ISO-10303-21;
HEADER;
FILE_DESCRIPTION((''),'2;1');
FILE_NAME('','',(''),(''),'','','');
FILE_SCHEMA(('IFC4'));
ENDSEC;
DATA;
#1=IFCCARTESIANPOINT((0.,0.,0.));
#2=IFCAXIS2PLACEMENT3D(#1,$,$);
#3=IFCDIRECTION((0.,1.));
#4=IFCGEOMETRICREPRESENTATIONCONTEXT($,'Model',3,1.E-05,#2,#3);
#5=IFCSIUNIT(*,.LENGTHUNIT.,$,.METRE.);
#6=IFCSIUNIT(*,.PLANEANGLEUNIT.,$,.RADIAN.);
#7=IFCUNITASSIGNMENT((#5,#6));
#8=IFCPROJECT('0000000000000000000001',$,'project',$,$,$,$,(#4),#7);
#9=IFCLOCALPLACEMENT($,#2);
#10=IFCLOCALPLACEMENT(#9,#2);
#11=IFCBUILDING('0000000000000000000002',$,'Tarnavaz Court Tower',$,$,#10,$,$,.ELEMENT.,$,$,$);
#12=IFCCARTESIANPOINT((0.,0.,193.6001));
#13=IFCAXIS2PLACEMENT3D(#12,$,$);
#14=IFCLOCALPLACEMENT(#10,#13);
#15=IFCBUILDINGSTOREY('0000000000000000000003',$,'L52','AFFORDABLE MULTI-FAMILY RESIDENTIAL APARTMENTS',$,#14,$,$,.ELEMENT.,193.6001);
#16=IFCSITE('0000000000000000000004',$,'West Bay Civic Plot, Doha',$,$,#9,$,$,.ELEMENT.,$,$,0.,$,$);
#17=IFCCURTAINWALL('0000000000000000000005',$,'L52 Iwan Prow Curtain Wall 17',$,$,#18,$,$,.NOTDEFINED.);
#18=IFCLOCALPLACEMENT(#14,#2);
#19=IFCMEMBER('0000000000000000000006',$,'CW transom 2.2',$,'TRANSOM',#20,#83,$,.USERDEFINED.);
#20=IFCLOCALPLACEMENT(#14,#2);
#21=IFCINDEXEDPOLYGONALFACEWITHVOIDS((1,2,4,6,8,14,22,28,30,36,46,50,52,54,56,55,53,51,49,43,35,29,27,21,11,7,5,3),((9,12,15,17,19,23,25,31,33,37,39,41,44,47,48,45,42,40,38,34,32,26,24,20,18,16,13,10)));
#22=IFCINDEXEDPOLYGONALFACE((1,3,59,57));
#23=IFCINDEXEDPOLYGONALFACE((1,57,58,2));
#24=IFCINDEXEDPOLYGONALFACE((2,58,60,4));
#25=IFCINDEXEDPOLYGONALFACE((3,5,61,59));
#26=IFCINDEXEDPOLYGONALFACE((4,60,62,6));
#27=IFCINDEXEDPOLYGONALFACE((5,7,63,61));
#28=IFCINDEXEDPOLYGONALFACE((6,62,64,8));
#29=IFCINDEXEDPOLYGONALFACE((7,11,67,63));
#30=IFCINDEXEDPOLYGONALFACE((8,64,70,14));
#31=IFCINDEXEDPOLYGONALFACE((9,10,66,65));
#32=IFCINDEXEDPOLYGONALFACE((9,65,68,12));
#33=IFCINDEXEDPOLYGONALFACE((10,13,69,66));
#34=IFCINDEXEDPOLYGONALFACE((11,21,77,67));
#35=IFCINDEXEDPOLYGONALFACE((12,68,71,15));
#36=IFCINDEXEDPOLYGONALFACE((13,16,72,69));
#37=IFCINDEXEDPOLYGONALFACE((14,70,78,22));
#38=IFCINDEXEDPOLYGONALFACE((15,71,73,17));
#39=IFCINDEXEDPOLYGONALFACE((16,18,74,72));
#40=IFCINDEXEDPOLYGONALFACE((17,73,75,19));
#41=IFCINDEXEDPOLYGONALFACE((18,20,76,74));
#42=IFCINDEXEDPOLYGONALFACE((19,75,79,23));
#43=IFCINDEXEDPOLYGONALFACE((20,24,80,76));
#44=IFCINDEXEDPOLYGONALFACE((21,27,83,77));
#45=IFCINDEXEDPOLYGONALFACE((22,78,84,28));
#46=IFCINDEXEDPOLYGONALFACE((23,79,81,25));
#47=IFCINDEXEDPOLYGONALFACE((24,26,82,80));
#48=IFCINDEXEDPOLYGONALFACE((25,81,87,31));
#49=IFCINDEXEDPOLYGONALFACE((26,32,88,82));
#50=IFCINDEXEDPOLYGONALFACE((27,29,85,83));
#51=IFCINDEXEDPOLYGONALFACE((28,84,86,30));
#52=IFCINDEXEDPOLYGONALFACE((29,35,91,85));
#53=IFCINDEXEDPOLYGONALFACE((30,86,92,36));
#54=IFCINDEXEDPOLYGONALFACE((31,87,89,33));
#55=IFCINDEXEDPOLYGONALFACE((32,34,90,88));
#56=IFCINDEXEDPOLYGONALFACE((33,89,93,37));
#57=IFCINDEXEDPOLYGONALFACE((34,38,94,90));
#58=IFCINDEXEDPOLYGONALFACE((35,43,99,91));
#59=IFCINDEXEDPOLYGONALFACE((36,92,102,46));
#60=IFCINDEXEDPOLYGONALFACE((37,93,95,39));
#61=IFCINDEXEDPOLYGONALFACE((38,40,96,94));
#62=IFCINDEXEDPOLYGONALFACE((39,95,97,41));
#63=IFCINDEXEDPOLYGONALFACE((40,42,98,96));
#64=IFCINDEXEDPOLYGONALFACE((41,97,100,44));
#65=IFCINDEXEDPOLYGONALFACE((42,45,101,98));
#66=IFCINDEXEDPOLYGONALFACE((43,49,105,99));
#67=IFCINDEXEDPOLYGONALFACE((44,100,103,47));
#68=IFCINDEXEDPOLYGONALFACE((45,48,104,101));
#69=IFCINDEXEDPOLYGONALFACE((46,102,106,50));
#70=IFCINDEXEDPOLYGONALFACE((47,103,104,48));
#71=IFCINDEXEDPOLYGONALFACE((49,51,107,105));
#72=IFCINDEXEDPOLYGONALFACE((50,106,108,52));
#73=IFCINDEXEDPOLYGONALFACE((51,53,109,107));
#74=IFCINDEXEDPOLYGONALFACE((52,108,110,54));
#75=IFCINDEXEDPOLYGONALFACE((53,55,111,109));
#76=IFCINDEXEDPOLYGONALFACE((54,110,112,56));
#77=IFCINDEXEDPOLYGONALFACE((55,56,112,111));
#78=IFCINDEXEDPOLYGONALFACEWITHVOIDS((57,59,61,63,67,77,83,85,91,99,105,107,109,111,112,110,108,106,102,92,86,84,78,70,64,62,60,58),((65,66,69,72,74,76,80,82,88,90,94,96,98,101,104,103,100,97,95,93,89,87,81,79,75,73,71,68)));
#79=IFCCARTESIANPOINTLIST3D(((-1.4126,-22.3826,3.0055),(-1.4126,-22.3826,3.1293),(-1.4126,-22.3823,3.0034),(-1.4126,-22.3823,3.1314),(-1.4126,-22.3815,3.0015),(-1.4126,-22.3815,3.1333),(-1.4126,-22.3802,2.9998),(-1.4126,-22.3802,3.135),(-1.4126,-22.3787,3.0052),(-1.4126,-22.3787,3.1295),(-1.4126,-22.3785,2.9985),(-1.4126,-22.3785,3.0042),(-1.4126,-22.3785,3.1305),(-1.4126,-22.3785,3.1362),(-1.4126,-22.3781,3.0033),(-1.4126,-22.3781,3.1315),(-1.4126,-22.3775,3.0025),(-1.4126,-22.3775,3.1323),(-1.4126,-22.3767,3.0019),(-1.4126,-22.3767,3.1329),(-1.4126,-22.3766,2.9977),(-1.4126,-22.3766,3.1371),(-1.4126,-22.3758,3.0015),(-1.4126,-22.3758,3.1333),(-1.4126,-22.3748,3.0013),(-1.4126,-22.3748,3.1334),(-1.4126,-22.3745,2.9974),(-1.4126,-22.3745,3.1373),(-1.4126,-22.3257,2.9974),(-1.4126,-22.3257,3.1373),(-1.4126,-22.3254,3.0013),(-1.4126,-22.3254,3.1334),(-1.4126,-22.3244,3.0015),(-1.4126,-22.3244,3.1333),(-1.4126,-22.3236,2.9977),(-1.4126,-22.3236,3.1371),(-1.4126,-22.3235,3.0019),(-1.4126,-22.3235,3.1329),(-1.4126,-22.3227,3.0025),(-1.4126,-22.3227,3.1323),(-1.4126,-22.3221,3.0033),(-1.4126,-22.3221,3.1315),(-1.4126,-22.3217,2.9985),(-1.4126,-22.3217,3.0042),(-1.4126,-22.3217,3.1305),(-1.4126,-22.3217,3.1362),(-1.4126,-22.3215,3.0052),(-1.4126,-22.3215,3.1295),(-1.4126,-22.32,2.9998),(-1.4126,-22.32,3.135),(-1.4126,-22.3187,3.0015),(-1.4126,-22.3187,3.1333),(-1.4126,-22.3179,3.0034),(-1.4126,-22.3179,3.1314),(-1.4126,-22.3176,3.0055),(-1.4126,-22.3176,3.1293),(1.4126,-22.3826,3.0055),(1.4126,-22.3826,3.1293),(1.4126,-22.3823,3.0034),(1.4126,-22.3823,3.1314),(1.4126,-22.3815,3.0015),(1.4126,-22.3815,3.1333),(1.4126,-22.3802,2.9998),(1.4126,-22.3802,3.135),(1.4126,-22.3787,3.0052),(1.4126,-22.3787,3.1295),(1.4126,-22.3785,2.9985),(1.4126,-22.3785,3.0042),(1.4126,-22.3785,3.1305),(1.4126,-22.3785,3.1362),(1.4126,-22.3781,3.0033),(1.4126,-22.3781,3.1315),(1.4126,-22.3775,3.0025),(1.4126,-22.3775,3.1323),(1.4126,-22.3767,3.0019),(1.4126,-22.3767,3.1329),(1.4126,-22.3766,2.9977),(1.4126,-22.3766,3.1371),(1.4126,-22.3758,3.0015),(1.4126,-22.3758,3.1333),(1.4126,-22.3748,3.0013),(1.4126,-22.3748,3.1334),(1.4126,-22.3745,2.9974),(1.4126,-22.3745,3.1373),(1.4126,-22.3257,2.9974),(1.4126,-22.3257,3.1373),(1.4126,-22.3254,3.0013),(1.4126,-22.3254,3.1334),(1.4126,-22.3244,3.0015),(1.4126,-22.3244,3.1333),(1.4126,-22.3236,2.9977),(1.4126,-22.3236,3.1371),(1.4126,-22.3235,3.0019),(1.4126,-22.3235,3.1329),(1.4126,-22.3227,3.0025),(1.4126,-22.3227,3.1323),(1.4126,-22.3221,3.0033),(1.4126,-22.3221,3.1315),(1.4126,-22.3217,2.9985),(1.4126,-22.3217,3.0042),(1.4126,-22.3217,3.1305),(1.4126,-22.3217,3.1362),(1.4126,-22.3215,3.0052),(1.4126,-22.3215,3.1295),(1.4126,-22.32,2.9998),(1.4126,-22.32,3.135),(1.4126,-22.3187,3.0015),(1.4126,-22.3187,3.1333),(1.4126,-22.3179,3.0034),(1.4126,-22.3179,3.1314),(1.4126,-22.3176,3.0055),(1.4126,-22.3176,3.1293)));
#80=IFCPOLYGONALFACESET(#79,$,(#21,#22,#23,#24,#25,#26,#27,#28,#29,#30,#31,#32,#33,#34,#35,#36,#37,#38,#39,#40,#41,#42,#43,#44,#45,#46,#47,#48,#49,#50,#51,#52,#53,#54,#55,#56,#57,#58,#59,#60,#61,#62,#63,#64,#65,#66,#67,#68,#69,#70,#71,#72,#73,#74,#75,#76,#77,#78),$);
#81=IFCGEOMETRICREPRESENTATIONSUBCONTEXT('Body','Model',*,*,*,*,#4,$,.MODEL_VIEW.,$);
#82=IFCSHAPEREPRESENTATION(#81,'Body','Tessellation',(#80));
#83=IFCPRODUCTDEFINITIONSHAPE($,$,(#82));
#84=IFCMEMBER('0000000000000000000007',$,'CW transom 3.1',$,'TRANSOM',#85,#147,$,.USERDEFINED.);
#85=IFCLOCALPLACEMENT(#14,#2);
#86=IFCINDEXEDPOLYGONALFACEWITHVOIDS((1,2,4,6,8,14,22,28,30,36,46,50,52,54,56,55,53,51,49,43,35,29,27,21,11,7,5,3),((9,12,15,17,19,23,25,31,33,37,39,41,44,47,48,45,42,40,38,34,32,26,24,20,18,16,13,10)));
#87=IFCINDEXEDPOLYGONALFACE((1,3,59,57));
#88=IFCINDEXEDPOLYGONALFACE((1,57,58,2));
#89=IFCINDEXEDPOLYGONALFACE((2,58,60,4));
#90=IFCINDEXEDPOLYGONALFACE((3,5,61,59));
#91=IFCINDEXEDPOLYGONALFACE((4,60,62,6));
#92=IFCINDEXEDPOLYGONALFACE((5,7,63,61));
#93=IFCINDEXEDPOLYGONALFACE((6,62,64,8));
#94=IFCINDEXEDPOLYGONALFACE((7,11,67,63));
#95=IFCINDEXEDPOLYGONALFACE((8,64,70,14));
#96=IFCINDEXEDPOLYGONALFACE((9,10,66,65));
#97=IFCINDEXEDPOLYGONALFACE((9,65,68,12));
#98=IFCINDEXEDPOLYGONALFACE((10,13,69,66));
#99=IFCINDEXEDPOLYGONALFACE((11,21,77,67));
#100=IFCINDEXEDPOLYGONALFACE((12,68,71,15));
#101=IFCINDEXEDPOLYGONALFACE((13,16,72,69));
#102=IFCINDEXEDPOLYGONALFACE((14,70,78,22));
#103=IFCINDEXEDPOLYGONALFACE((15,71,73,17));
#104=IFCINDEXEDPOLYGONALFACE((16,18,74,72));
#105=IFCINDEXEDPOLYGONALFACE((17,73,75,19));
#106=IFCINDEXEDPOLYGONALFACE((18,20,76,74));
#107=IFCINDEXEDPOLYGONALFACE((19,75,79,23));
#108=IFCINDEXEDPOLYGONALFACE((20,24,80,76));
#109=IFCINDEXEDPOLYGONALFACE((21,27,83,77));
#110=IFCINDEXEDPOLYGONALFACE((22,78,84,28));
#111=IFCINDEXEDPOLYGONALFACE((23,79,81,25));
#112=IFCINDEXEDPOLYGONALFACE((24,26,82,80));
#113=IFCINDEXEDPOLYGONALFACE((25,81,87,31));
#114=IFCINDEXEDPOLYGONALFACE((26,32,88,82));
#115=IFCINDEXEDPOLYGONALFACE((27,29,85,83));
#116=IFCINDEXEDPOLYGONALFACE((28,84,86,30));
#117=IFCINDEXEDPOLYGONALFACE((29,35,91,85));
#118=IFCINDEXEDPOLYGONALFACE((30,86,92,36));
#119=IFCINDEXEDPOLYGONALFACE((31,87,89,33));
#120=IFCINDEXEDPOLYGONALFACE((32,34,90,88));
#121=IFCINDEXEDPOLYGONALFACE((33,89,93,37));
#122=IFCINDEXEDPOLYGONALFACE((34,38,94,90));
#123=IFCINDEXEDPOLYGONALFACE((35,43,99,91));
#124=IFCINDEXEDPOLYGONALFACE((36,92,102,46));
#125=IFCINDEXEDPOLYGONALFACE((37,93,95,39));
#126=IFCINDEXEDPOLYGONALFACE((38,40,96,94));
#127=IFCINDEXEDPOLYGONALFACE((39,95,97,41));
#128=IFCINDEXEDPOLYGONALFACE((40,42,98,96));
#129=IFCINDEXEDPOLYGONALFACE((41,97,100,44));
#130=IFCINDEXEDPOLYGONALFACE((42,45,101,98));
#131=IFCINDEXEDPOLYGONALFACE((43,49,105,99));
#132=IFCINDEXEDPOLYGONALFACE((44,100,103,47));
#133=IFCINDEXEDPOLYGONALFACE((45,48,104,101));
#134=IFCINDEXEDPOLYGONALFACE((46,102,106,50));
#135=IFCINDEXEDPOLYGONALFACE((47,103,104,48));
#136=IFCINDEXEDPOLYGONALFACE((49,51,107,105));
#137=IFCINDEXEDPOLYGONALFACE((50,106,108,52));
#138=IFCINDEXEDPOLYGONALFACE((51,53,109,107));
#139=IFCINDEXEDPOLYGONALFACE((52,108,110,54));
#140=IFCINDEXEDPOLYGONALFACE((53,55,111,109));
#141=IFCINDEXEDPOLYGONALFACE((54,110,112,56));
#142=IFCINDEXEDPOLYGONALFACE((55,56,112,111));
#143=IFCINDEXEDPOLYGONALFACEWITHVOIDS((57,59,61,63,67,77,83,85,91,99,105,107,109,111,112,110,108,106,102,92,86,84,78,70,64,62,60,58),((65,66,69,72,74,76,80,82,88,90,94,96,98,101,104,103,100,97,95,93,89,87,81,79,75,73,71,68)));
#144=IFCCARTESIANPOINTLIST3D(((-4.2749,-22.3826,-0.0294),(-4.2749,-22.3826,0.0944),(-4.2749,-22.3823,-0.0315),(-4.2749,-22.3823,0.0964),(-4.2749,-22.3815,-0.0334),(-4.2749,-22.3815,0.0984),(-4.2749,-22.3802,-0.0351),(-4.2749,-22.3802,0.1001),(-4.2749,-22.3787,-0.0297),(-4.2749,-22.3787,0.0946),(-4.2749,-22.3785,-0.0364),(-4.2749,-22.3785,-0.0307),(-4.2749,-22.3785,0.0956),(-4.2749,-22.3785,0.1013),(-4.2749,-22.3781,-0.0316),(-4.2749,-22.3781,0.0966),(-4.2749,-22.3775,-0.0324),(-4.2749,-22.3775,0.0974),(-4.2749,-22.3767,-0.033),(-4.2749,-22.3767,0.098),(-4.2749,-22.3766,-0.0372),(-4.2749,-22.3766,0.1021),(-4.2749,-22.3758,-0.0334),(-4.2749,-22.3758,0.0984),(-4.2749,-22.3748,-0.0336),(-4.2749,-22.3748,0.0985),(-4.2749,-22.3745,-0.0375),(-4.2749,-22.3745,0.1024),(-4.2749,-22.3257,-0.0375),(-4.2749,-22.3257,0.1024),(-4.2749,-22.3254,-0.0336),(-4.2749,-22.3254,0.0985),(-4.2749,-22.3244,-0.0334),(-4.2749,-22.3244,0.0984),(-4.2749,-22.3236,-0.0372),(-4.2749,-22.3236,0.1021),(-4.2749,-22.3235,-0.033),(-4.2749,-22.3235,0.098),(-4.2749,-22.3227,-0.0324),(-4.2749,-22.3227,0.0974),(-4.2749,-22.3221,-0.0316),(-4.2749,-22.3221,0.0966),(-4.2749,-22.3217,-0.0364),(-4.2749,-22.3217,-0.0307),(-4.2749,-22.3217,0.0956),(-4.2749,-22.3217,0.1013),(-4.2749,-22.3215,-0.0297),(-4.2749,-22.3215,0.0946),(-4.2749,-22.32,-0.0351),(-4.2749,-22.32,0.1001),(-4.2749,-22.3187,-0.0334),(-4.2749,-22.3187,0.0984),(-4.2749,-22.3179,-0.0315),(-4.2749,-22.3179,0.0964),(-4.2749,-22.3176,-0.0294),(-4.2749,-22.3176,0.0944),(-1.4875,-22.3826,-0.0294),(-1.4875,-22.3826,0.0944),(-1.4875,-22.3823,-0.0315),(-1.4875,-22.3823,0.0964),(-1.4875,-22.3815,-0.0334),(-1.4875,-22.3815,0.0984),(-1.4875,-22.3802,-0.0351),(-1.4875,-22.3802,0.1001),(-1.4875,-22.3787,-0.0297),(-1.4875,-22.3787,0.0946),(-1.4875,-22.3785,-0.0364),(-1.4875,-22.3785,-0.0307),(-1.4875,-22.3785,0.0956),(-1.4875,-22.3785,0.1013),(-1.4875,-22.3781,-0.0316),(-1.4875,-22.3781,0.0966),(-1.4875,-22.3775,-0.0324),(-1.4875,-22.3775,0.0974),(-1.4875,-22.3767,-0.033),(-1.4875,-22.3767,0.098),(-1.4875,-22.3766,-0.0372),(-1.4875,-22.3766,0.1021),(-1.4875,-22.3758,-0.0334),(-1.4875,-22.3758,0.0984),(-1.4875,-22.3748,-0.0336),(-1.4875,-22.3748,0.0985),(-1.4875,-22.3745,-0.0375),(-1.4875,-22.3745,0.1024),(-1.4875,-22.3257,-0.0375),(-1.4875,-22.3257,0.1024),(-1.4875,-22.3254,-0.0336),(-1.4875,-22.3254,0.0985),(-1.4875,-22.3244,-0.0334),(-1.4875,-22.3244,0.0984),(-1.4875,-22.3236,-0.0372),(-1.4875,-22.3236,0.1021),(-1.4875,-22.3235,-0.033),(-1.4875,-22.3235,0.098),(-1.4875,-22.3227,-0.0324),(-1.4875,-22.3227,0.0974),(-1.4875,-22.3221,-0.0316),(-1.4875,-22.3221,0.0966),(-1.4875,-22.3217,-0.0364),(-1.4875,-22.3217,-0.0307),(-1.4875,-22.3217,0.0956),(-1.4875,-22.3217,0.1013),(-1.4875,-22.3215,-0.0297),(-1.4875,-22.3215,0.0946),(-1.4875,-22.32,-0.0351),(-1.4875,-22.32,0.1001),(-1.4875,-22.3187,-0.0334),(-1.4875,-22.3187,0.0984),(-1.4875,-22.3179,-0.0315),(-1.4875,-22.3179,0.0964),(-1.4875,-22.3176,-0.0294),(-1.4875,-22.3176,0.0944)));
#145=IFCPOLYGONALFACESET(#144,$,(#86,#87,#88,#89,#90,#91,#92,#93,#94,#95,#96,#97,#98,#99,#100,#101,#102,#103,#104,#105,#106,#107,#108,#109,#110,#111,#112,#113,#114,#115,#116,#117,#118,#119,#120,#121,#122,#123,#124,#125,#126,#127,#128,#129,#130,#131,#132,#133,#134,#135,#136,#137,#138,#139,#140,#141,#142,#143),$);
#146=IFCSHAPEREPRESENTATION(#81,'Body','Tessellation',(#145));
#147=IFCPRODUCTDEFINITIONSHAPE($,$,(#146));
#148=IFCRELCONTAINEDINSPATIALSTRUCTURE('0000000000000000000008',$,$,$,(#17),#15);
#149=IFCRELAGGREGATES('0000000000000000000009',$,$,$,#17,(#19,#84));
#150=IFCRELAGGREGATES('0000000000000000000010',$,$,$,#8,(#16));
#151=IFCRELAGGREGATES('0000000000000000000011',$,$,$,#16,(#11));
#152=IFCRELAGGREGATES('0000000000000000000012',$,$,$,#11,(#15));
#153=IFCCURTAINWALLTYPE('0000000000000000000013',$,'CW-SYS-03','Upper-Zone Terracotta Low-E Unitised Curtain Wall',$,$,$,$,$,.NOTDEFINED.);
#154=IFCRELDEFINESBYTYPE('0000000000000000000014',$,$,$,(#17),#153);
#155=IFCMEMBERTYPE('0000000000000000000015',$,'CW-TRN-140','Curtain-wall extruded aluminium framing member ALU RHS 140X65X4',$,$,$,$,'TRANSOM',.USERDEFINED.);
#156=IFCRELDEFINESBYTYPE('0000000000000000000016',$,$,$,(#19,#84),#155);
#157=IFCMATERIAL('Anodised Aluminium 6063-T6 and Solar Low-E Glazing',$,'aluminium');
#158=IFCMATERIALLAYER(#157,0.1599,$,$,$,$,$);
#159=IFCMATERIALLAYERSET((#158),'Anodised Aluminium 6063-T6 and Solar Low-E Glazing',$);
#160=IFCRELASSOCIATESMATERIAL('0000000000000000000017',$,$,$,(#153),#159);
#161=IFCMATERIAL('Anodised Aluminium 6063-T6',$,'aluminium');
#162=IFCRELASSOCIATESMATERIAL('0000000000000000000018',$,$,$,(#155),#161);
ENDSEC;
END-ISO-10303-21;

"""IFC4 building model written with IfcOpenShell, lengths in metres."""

from ifc_helpers import new_model, si_unit, direction, frame, origin, origin_2d, place, context, subcontext, project, spatial, hollow_rectangle, extrude, material, layer, layer_set, material_profile, profile_set, type_object, element, aggregate, save


model = new_model("IFC4")

# Units and contexts
model_context = context("Model", 3, precision=1e-05, world=origin(), true_north=direction((0.0, 1.0)))
body_context = subcontext(model_context, "Body", "Model", "MODEL_VIEW")
ifc_project = project(units=[si_unit("LENGTHUNIT", "METRE"), si_unit("PLANEANGLEUNIT", "RADIAN")], contexts=[model_context])

# Site, building, storey
site_placement = place(None, origin())
site = spatial("IfcSite", under=ifc_project, at=site_placement, Name="West Bay Civic Plot, Doha", CompositionType="ELEMENT", RefElevation=0.0)
building_placement = place(site_placement, origin())
building = spatial("IfcBuilding", under=site, at=building_placement, Name="Tarnavaz Court Tower", CompositionType="ELEMENT")
storey_placement = place(building_placement, frame((0.0, 0.0, 193.6001)))
storey = spatial("IfcBuildingStorey", under=building, at=storey_placement, Name="L52", Description="AFFORDABLE MULTI-FAMILY RESIDENTIAL APARTMENTS", CompositionType="ELEMENT", Elevation=193.6001)

# Curtain wall, members
ifc_material_1 = material(Name="Anodised Aluminium 6063-T6 and Solar Low-E Glazing", Category="aluminium")
ifc_layer_1 = layer(ifc_material_1, 0.1599)
ifc_layer_set_1 = layer_set([ifc_layer_1], Name="Anodised Aluminium 6063-T6 and Solar Low-E Glazing")
curtain_wall_type = type_object("IfcCurtainWallType", Name="CW-SYS-03", Description="Upper-Zone Terracotta Low-E Unitised Curtain Wall", PredefinedType="NOTDEFINED", material=ifc_layer_set_1)
curtain_wall_placement = place(storey_placement, origin())
curtain_wall = element("IfcCurtainWall", 1, at=curtain_wall_placement, inside=storey, type_object=curtain_wall_type, Name="L52 Iwan Prow Curtain Wall 17", PredefinedType="NOTDEFINED")
ifc_material_2 = material(Name="Anodised Aluminium 6063-T6", Category="aluminium")
ifc_material_profile_1 = material_profile(ifc_material_2, hollow_rectangle(XDim=0.0649, YDim=0.1399, WallThickness=0.0039, InnerFilletRadius=0.0039, OuterFilletRadius=0.0081, at=origin_2d()), Name="ALU RHS 140X65X4")
ifc_profile_set_1 = profile_set([ifc_material_profile_1], Name="Anodised Aluminium 6063-T6")
member_type_1 = type_object("IfcMemberType", Name="CW-TRN-140", Description="Curtain-wall extruded aluminium framing member ALU RHS 140X65X4", ElementType="TRANSOM", PredefinedType="USERDEFINED", material=ifc_profile_set_1)
member_1_placement = place(storey_placement, frame((1.4126, -22.3501, 3.0674), z_axis=(-1.0, 0.0, 0.0), x_axis=(0.0, -1.0, 0.0)))
member_1 = element("IfcMember", 2, at=member_1_placement, type_object=member_type_1, Name="CW transom 2.2", ObjectType="TRANSOM", PredefinedType="USERDEFINED", context=body_context, shape_type="SweptSolid", body=[
    extrude(hollow_rectangle(XDim=0.0649, YDim=0.1399, WallThickness=0.0039, InnerFilletRadius=0.0039, OuterFilletRadius=0.0081, at=origin_2d()), origin(), (0.0, 0.0, 1.0), 2.8252),
])
member_2_placement = place(storey_placement, frame((-1.4875, -22.3501, 0.0325), z_axis=(-1.0, 0.0, 0.0), x_axis=(0.0, -1.0, 0.0)))
member_2 = element("IfcMember", 3, at=member_2_placement, type_object=member_type_1, Name="CW transom 3.1", ObjectType="TRANSOM", PredefinedType="USERDEFINED", context=body_context, shape_type="SweptSolid", body=[
    extrude(hollow_rectangle(XDim=0.0649, YDim=0.1399, WallThickness=0.0039, InnerFilletRadius=0.0039, OuterFilletRadius=0.0081, at=origin_2d()), origin(), (0.0, 0.0, 1.0), 2.7874),
])
aggregate(curtain_wall, [member_1, member_2])

save(model, "model.ifc")
